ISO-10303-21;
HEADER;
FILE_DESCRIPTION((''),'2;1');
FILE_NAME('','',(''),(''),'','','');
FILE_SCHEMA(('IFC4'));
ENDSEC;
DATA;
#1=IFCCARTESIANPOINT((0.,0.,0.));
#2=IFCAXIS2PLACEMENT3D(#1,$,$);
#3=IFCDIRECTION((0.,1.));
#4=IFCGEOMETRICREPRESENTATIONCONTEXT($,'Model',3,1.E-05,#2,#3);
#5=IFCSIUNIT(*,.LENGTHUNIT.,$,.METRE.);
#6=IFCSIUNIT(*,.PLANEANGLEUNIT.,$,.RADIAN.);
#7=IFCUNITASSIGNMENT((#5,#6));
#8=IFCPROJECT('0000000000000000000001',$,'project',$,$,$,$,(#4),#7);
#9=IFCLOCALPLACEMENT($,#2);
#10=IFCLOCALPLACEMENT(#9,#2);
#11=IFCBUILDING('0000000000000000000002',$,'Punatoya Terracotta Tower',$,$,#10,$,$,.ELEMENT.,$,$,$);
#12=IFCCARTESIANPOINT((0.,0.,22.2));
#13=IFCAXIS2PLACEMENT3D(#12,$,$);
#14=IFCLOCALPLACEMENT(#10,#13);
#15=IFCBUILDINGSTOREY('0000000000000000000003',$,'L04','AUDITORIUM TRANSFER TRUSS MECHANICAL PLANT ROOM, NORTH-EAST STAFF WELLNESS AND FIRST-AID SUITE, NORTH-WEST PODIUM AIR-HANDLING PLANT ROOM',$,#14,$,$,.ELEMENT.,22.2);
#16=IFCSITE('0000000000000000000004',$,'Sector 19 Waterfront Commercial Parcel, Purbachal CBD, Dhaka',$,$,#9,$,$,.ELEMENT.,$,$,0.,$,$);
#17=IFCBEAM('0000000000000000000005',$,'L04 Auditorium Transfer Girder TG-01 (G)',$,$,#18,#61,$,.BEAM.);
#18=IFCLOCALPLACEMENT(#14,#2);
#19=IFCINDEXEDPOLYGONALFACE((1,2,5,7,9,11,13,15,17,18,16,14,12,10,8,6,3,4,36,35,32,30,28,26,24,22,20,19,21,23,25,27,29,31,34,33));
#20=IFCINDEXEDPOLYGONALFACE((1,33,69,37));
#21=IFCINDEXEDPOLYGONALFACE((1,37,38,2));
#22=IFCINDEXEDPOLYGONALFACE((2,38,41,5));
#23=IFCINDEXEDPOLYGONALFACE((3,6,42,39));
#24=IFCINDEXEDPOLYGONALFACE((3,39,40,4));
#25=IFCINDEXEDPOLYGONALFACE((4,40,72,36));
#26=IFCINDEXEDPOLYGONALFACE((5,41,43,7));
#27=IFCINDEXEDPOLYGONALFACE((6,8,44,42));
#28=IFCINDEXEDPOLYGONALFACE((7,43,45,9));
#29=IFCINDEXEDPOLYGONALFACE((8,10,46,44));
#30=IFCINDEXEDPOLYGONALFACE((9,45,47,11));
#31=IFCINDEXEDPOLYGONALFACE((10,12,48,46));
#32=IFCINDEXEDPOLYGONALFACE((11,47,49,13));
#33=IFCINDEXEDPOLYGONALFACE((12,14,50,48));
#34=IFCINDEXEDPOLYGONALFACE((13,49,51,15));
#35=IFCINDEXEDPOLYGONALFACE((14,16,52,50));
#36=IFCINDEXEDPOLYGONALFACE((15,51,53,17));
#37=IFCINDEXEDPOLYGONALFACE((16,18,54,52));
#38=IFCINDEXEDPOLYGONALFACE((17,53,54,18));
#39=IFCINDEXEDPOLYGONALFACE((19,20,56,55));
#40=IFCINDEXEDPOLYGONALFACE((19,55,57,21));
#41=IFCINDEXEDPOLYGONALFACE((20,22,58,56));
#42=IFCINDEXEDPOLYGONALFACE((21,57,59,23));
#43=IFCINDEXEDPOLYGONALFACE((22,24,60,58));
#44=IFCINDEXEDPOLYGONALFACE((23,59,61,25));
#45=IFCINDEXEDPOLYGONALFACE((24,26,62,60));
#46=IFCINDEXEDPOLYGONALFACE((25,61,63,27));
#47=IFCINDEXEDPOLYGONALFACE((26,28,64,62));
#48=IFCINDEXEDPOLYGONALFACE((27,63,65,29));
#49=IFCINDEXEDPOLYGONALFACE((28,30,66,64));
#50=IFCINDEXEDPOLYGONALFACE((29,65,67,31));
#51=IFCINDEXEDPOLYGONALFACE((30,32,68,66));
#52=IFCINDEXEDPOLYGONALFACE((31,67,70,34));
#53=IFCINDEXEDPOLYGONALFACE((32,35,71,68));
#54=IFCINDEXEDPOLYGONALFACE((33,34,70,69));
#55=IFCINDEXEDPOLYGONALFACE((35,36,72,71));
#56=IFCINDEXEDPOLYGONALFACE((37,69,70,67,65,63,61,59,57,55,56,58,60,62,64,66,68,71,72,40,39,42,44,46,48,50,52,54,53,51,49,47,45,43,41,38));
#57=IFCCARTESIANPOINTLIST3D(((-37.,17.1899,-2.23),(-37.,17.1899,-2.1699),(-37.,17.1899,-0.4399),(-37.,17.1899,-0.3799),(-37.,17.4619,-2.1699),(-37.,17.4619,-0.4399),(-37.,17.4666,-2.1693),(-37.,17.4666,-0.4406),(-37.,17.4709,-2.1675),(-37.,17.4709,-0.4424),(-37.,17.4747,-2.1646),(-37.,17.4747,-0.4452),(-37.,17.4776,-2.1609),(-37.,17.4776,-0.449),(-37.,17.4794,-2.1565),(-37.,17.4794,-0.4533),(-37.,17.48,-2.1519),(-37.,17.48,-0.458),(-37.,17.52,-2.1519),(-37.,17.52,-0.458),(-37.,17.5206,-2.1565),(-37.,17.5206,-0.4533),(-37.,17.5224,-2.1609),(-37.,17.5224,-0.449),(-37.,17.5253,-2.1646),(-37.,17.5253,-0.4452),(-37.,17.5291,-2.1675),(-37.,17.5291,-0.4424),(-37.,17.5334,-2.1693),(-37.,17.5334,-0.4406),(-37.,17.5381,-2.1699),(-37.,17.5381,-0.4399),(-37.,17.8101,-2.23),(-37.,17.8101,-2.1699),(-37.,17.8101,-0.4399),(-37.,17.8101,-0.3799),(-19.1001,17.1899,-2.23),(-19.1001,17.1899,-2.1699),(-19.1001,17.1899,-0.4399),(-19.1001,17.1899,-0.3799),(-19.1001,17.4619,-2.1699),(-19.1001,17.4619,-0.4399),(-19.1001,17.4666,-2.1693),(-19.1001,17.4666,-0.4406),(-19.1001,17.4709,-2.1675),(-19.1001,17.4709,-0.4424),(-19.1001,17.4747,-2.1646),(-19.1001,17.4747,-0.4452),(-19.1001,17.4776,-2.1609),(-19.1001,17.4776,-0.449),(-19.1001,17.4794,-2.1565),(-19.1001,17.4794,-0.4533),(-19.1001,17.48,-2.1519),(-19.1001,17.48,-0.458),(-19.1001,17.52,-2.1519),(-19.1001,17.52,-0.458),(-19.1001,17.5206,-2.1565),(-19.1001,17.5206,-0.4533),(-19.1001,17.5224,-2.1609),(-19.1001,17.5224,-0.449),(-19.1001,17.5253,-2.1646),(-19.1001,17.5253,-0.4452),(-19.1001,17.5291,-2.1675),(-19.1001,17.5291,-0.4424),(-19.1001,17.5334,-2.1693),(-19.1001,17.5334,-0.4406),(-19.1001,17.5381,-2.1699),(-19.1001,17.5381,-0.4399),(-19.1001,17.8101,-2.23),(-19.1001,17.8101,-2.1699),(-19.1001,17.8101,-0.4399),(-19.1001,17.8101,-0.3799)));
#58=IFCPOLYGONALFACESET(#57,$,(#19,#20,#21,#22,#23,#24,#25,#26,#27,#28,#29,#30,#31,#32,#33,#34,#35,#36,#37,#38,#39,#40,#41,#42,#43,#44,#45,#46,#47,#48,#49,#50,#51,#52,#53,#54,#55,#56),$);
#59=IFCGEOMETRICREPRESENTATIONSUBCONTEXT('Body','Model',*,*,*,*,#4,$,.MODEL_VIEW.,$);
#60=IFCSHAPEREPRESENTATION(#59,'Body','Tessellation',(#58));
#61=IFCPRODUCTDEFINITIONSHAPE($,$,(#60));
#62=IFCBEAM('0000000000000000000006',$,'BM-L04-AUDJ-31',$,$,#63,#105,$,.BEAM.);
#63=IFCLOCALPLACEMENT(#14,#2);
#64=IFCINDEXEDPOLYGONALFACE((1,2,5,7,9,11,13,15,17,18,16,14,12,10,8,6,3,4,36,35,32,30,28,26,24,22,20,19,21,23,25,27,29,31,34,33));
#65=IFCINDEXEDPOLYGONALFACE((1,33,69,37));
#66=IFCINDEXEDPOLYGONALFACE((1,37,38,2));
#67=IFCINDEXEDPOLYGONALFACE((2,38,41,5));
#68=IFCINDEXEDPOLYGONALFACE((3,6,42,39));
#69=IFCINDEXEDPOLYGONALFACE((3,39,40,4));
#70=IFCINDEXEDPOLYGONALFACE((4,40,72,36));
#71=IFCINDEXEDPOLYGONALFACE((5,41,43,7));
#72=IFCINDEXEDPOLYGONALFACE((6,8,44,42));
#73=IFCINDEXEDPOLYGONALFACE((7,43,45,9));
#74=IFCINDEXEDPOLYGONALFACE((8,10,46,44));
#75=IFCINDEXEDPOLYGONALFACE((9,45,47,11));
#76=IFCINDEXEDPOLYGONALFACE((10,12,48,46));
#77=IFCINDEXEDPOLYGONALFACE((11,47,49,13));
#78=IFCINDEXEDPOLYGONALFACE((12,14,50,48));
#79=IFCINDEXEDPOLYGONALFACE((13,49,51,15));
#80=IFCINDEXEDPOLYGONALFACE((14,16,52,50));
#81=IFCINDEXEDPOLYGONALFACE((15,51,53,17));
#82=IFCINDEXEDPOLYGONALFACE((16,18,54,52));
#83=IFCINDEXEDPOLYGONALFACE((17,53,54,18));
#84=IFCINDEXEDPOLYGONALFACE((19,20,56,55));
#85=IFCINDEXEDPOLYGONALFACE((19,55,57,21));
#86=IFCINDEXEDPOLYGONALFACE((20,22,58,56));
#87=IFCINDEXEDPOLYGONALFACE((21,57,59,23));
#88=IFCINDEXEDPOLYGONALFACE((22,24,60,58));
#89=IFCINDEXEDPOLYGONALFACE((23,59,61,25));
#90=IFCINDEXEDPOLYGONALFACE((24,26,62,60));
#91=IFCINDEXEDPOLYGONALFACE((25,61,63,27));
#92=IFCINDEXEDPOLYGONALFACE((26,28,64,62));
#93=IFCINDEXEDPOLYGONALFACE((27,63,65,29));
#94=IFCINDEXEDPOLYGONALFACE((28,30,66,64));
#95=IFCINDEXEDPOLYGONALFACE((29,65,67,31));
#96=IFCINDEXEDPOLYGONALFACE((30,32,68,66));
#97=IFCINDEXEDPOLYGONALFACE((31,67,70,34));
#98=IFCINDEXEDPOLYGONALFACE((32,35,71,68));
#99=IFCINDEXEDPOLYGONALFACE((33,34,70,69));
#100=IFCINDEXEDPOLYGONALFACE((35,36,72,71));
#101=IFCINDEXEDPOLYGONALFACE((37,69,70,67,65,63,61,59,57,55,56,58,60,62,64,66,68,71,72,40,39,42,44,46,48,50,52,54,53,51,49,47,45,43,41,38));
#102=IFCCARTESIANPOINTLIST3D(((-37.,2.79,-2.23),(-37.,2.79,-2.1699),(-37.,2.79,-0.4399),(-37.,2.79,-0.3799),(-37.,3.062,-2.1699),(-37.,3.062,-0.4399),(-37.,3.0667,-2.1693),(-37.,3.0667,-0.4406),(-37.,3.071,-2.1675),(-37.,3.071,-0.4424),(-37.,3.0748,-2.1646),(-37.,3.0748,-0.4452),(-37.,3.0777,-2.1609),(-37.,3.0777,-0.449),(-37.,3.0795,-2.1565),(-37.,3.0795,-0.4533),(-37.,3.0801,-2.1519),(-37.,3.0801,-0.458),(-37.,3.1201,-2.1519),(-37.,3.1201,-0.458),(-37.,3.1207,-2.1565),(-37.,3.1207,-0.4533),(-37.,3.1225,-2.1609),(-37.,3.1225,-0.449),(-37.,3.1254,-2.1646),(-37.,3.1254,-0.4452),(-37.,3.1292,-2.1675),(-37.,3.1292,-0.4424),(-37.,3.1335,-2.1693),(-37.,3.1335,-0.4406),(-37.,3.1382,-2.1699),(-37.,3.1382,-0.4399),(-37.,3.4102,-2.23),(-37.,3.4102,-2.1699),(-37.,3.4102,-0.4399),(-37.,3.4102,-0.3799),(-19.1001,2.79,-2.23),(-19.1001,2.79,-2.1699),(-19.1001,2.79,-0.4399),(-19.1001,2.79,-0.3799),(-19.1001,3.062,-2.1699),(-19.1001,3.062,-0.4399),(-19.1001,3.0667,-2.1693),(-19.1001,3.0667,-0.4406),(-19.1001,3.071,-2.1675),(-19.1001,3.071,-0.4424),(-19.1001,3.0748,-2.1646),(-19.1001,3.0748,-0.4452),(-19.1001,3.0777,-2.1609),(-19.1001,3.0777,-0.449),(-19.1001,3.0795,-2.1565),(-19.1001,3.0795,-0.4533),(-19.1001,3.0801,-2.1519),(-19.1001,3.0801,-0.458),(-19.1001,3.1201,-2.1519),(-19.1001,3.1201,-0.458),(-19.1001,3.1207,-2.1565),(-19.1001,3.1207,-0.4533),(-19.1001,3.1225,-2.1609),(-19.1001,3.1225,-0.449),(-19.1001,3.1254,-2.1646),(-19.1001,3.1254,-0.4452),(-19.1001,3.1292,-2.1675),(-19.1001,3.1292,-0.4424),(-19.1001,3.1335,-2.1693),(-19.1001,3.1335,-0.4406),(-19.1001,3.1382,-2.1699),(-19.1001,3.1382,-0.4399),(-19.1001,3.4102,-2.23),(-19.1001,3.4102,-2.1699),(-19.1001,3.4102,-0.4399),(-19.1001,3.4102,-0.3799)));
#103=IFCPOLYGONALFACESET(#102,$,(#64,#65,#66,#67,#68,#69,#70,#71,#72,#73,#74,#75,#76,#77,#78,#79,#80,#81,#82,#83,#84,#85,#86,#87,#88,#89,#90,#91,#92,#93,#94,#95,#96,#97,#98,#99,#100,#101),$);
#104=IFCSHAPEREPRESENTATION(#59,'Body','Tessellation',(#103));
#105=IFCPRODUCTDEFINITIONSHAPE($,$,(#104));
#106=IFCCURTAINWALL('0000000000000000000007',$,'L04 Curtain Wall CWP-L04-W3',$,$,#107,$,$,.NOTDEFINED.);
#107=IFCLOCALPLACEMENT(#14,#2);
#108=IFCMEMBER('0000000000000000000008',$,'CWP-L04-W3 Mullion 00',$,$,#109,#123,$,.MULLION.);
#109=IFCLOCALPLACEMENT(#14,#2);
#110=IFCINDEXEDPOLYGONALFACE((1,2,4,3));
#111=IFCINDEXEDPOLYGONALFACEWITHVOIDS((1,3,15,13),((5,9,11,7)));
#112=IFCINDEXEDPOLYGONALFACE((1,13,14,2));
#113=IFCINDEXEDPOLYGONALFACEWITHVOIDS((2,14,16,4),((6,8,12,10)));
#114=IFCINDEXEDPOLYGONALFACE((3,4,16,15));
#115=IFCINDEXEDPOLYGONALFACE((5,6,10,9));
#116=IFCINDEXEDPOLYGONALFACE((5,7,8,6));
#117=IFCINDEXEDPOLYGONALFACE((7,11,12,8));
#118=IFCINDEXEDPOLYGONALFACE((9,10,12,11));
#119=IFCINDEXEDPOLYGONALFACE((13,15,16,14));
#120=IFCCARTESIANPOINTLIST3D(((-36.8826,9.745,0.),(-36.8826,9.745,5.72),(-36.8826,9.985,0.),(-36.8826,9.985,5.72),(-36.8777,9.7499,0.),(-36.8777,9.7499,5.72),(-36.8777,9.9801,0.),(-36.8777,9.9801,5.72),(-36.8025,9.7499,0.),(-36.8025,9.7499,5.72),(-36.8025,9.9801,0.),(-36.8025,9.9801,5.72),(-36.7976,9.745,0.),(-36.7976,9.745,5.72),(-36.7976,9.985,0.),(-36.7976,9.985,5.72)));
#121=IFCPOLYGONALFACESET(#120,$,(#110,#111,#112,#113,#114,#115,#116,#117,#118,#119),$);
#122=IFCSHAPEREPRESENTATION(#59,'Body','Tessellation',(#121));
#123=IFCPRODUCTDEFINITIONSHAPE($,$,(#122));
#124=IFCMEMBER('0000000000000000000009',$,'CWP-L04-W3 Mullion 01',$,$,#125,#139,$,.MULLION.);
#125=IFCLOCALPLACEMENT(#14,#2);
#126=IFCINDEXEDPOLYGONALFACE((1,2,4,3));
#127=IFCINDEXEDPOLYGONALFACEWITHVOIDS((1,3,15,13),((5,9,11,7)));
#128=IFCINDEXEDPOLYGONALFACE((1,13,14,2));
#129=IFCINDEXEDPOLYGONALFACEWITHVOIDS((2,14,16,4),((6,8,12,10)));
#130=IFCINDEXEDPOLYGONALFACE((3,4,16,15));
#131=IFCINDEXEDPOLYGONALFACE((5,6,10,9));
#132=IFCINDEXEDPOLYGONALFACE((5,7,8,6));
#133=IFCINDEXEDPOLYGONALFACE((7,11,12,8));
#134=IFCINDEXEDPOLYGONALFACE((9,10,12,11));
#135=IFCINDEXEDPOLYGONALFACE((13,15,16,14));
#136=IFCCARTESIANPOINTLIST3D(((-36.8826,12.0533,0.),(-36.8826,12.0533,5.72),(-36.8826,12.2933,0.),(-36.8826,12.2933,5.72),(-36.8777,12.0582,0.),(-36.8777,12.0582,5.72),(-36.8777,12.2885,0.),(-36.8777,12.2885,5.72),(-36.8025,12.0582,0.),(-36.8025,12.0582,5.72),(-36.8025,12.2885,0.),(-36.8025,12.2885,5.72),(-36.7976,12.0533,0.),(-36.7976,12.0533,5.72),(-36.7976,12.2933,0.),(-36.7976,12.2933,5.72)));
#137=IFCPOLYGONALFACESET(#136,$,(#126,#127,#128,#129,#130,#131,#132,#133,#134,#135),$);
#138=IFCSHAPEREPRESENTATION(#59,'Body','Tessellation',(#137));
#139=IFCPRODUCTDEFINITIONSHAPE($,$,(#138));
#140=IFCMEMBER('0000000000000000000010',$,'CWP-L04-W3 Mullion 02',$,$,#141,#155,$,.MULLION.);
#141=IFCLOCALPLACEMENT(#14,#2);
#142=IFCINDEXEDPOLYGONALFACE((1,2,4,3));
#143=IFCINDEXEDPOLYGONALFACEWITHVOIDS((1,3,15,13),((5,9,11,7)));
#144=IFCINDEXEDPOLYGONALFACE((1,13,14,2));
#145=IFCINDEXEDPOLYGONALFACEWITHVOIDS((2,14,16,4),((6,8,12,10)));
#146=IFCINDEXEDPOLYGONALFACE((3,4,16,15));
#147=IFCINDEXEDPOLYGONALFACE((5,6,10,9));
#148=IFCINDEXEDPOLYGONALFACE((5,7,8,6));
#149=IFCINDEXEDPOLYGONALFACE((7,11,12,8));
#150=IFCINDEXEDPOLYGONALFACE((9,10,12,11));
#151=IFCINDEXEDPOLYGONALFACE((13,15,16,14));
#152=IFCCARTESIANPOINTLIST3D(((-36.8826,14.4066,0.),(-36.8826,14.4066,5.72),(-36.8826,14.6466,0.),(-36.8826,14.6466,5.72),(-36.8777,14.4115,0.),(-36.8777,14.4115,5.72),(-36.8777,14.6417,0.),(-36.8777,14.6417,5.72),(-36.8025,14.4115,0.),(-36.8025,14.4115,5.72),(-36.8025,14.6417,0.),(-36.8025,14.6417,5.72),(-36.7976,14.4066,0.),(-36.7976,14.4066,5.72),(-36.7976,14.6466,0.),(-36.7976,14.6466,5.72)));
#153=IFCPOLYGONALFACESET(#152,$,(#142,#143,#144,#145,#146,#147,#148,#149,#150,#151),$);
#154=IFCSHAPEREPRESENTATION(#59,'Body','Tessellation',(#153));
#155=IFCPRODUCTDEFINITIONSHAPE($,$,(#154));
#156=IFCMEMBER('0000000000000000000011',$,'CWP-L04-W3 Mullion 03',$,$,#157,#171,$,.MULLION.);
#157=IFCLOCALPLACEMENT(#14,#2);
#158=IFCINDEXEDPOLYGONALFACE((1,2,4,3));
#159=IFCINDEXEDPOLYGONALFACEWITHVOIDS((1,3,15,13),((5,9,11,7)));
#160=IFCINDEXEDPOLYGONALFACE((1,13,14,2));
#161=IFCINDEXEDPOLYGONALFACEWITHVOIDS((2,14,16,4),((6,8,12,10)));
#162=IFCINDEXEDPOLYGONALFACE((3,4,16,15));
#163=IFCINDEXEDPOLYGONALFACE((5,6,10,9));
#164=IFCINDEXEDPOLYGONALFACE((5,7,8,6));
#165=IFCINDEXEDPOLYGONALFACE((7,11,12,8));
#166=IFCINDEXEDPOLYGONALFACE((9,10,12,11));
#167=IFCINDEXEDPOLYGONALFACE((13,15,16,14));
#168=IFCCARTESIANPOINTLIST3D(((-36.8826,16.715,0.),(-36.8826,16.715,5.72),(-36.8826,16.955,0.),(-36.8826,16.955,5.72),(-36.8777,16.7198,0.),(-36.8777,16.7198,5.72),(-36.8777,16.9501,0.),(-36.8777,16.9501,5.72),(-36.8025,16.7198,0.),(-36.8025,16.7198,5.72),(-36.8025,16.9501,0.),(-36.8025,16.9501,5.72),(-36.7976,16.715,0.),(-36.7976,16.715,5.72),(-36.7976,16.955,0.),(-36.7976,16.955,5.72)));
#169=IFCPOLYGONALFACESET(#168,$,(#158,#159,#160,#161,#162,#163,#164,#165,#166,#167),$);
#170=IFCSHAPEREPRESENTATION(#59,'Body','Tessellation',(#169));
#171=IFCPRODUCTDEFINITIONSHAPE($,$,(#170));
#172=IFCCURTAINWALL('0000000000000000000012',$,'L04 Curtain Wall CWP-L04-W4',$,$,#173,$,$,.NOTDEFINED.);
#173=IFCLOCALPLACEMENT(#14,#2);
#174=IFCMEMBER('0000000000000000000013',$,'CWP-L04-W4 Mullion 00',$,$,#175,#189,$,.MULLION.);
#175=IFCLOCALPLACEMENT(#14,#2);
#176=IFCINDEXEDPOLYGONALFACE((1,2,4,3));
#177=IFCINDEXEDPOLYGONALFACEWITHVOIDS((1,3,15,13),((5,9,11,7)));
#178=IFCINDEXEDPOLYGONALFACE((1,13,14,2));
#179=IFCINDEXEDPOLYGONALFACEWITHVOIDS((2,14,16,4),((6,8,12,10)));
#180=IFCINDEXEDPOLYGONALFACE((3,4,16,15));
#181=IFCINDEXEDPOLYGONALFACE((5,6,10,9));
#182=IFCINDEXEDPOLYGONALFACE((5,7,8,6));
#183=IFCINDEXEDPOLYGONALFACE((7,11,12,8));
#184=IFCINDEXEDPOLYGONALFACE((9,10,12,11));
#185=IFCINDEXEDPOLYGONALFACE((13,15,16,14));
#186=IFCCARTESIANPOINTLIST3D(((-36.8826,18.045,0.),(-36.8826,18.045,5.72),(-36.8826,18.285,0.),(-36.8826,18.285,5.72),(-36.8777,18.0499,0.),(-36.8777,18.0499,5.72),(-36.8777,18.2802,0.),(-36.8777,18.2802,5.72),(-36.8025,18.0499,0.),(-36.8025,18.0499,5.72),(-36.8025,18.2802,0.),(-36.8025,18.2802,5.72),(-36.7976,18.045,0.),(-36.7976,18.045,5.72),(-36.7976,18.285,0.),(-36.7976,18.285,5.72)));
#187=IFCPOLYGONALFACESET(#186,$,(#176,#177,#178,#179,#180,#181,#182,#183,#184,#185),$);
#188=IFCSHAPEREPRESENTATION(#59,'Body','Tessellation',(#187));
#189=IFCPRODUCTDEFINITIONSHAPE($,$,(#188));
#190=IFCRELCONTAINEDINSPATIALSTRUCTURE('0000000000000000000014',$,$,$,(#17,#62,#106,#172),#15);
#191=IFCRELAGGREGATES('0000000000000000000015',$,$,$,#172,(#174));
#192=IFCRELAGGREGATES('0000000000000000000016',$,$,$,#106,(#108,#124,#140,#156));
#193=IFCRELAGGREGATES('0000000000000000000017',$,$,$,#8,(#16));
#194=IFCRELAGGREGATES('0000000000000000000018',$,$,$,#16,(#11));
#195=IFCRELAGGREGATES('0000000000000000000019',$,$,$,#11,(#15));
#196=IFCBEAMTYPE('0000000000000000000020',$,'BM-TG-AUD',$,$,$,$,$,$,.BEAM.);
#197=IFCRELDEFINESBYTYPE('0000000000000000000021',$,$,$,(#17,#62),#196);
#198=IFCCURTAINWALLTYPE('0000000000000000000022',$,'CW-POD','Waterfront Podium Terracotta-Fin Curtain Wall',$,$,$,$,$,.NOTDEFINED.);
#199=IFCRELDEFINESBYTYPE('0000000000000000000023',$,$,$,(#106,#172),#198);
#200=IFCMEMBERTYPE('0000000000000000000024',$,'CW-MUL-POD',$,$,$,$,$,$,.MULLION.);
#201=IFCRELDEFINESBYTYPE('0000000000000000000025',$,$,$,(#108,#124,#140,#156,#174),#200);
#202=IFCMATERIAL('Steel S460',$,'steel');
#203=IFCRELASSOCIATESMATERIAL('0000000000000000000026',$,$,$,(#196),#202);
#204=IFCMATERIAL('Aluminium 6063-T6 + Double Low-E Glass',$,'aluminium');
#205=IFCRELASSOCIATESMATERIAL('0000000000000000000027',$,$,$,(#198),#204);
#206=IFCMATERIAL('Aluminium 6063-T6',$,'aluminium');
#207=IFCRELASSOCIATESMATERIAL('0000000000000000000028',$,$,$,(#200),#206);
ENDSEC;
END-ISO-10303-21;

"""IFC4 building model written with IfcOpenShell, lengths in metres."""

from ifc_helpers import new_model, si_unit, direction, frame, origin, origin_2d, place, context, subcontext, project, spatial, hollow_rectangle, i_section, extrude, material, material_profile, profile_set, type_object, element, aggregate, save


model = new_model("IFC4")

# Units and contexts
model_context = context("Model", 3, precision=1e-05, world=origin(), true_north=direction((0.0, 1.0)))
body_context = subcontext(model_context, "Body", "Model", "MODEL_VIEW")
ifc_project = project(units=[si_unit("LENGTHUNIT", "METRE"), si_unit("PLANEANGLEUNIT", "RADIAN")], contexts=[model_context])

# Site, building, storey
site_placement = place(None, origin())
site = spatial("IfcSite", under=ifc_project, at=site_placement, Name="Sector 19 Waterfront Commercial Parcel, Purbachal CBD, Dhaka", CompositionType="ELEMENT", RefElevation=0.0)
building_placement = place(site_placement, origin())
building = spatial("IfcBuilding", under=site, at=building_placement, Name="Punatoya Terracotta Tower", CompositionType="ELEMENT")
storey_placement = place(building_placement, frame((0.0, 0.0, 22.2)))
storey = spatial("IfcBuildingStorey", under=building, at=storey_placement, Name="L04", Description="AUDITORIUM TRANSFER TRUSS MECHANICAL PLANT ROOM, NORTH-EAST STAFF WELLNESS AND FIRST-AID SUITE, NORTH-WEST PODIUM AIR-HANDLING PLANT ROOM", CompositionType="ELEMENT", Elevation=22.2)

# Shared definitions
ifc_material_1 = material(Name="Steel S460", Category="steel")

# Beams
ifc_material_profile_1 = material_profile(ifc_material_1, i_section(OverallWidth=0.6201, OverallDepth=1.8501, WebThickness=0.04, FlangeThickness=0.0601, FilletRadius=0.0181, at=origin_2d()))
ifc_profile_set_1 = profile_set([ifc_material_profile_1], Name="Steel S460")
beam_type_1 = type_object("IfcBeamType", Name="BM-TG-AUD", PredefinedType="BEAM", material=ifc_profile_set_1)
for number, where, z_axis, x_axis, name in (
    (1, (-37.0, 17.5, -1.3049), (1.0, 0.0, 0.0), (0.0, 1.0, 0.0), "L04 Auditorium Transfer Girder TG-01 (G)"),
    (2, (-37.0, 3.1001, -1.3049), (1.0, 0.0, 0.0), (0.0, 1.0, 0.0), "BM-L04-AUDJ-31"),
):
    element("IfcBeam", number, at=place(storey_placement, frame(where, z_axis=z_axis, x_axis=x_axis)), inside=storey, type_object=beam_type_1, Name=name, PredefinedType="BEAM", context=body_context, shape_type="SweptSolid", body=[
        extrude(i_section(OverallWidth=0.6201, OverallDepth=1.8501, WebThickness=0.04, FlangeThickness=0.0601, FilletRadius=0.0181, at=origin_2d()), origin(), (0.0, 0.0, 1.0), 17.8999),
    ])

# Curtain wall, members
ifc_material_2 = material(Name="Aluminium 6063-T6 + Double Low-E Glass", Category="aluminium")
curtain_wall_type = type_object("IfcCurtainWallType", Name="CW-POD", Description="Waterfront Podium Terracotta-Fin Curtain Wall", PredefinedType="NOTDEFINED", material=ifc_material_2)
curtain_wall_1_placement = place(storey_placement, origin())
curtain_wall_1 = element("IfcCurtainWall", 3, at=curtain_wall_1_placement, inside=storey, type_object=curtain_wall_type, Name="L04 Curtain Wall CWP-L04-W3", PredefinedType="NOTDEFINED")
ifc_material_3 = material(Name="Aluminium 6063-T6", Category="aluminium")
ifc_material_profile_2 = material_profile(ifc_material_3, hollow_rectangle(XDim=0.085, YDim=0.24, WallThickness=0.0049, at=origin_2d()))
ifc_profile_set_2 = profile_set([ifc_material_profile_2], Name="Aluminium 6063-T6")
member_type_1 = type_object("IfcMemberType", Name="CW-MUL-POD", PredefinedType="MULLION", material=ifc_profile_set_2)
member_1_placement = place(storey_placement, frame((-36.8401, 9.865, 0.0), z_axis=(0.0, 0.0, 1.0), x_axis=(1.0, 0.0, 0.0)))
member_1 = element("IfcMember", 4, at=member_1_placement, type_object=member_type_1, Name="CWP-L04-W3 Mullion 00", PredefinedType="MULLION", context=body_context, shape_type="SweptSolid", body=[
    extrude(hollow_rectangle(XDim=0.085, YDim=0.24, WallThickness=0.0049, at=origin_2d()), origin(), (0.0, 0.0, 1.0), 5.72),
])
member_2_placement = place(storey_placement, frame((-36.8401, 12.1733, 0.0), z_axis=(0.0, 0.0, 1.0), x_axis=(1.0, 0.0, 0.0)))
member_2 = element("IfcMember", 5, at=member_2_placement, type_object=member_type_1, Name="CWP-L04-W3 Mullion 01", PredefinedType="MULLION", context=body_context, shape_type="SweptSolid", body=[
    extrude(hollow_rectangle(XDim=0.085, YDim=0.24, WallThickness=0.0049, at=origin_2d()), origin(), (0.0, 0.0, 1.0), 5.72),
])
member_3_placement = place(storey_placement, frame((-36.8401, 14.5266, 0.0), z_axis=(0.0, 0.0, 1.0), x_axis=(1.0, 0.0, 0.0)))
member_3 = element("IfcMember", 6, at=member_3_placement, type_object=member_type_1, Name="CWP-L04-W3 Mullion 02", PredefinedType="MULLION", context=body_context, shape_type="SweptSolid", body=[
    extrude(hollow_rectangle(XDim=0.085, YDim=0.24, WallThickness=0.0049, at=origin_2d()), origin(), (0.0, 0.0, 1.0), 5.72),
])
member_4_placement = place(storey_placement, frame((-36.8401, 16.835, 0.0), z_axis=(0.0, 0.0, 1.0), x_axis=(1.0, 0.0, 0.0)))
member_4 = element("IfcMember", 7, at=member_4_placement, type_object=member_type_1, Name="CWP-L04-W3 Mullion 03", PredefinedType="MULLION", context=body_context, shape_type="SweptSolid", body=[
    extrude(hollow_rectangle(XDim=0.085, YDim=0.24, WallThickness=0.0049, at=origin_2d()), origin(), (0.0, 0.0, 1.0), 5.72),
])

# Curtain wall, member
curtain_wall_2_placement = place(storey_placement, origin())
curtain_wall_2 = element("IfcCurtainWall", 8, at=curtain_wall_2_placement, inside=storey, type_object=curtain_wall_type, Name="L04 Curtain Wall CWP-L04-W4", PredefinedType="NOTDEFINED")
member_5_placement = place(storey_placement, frame((-36.8401, 18.165, 0.0), z_axis=(0.0, 0.0, 1.0), x_axis=(1.0, 0.0, 0.0)))
member_5 = element("IfcMember", 9, at=member_5_placement, type_object=member_type_1, Name="CWP-L04-W4 Mullion 00", PredefinedType="MULLION", context=body_context, shape_type="SweptSolid", body=[
    extrude(hollow_rectangle(XDim=0.085, YDim=0.24, WallThickness=0.0049, at=origin_2d()), origin(), (0.0, 0.0, 1.0), 5.72),
])

aggregate(curtain_wall_2, [member_5])

aggregate(curtain_wall_1, [member_1, member_2, member_3, member_4])

save(model, "model.ifc")
